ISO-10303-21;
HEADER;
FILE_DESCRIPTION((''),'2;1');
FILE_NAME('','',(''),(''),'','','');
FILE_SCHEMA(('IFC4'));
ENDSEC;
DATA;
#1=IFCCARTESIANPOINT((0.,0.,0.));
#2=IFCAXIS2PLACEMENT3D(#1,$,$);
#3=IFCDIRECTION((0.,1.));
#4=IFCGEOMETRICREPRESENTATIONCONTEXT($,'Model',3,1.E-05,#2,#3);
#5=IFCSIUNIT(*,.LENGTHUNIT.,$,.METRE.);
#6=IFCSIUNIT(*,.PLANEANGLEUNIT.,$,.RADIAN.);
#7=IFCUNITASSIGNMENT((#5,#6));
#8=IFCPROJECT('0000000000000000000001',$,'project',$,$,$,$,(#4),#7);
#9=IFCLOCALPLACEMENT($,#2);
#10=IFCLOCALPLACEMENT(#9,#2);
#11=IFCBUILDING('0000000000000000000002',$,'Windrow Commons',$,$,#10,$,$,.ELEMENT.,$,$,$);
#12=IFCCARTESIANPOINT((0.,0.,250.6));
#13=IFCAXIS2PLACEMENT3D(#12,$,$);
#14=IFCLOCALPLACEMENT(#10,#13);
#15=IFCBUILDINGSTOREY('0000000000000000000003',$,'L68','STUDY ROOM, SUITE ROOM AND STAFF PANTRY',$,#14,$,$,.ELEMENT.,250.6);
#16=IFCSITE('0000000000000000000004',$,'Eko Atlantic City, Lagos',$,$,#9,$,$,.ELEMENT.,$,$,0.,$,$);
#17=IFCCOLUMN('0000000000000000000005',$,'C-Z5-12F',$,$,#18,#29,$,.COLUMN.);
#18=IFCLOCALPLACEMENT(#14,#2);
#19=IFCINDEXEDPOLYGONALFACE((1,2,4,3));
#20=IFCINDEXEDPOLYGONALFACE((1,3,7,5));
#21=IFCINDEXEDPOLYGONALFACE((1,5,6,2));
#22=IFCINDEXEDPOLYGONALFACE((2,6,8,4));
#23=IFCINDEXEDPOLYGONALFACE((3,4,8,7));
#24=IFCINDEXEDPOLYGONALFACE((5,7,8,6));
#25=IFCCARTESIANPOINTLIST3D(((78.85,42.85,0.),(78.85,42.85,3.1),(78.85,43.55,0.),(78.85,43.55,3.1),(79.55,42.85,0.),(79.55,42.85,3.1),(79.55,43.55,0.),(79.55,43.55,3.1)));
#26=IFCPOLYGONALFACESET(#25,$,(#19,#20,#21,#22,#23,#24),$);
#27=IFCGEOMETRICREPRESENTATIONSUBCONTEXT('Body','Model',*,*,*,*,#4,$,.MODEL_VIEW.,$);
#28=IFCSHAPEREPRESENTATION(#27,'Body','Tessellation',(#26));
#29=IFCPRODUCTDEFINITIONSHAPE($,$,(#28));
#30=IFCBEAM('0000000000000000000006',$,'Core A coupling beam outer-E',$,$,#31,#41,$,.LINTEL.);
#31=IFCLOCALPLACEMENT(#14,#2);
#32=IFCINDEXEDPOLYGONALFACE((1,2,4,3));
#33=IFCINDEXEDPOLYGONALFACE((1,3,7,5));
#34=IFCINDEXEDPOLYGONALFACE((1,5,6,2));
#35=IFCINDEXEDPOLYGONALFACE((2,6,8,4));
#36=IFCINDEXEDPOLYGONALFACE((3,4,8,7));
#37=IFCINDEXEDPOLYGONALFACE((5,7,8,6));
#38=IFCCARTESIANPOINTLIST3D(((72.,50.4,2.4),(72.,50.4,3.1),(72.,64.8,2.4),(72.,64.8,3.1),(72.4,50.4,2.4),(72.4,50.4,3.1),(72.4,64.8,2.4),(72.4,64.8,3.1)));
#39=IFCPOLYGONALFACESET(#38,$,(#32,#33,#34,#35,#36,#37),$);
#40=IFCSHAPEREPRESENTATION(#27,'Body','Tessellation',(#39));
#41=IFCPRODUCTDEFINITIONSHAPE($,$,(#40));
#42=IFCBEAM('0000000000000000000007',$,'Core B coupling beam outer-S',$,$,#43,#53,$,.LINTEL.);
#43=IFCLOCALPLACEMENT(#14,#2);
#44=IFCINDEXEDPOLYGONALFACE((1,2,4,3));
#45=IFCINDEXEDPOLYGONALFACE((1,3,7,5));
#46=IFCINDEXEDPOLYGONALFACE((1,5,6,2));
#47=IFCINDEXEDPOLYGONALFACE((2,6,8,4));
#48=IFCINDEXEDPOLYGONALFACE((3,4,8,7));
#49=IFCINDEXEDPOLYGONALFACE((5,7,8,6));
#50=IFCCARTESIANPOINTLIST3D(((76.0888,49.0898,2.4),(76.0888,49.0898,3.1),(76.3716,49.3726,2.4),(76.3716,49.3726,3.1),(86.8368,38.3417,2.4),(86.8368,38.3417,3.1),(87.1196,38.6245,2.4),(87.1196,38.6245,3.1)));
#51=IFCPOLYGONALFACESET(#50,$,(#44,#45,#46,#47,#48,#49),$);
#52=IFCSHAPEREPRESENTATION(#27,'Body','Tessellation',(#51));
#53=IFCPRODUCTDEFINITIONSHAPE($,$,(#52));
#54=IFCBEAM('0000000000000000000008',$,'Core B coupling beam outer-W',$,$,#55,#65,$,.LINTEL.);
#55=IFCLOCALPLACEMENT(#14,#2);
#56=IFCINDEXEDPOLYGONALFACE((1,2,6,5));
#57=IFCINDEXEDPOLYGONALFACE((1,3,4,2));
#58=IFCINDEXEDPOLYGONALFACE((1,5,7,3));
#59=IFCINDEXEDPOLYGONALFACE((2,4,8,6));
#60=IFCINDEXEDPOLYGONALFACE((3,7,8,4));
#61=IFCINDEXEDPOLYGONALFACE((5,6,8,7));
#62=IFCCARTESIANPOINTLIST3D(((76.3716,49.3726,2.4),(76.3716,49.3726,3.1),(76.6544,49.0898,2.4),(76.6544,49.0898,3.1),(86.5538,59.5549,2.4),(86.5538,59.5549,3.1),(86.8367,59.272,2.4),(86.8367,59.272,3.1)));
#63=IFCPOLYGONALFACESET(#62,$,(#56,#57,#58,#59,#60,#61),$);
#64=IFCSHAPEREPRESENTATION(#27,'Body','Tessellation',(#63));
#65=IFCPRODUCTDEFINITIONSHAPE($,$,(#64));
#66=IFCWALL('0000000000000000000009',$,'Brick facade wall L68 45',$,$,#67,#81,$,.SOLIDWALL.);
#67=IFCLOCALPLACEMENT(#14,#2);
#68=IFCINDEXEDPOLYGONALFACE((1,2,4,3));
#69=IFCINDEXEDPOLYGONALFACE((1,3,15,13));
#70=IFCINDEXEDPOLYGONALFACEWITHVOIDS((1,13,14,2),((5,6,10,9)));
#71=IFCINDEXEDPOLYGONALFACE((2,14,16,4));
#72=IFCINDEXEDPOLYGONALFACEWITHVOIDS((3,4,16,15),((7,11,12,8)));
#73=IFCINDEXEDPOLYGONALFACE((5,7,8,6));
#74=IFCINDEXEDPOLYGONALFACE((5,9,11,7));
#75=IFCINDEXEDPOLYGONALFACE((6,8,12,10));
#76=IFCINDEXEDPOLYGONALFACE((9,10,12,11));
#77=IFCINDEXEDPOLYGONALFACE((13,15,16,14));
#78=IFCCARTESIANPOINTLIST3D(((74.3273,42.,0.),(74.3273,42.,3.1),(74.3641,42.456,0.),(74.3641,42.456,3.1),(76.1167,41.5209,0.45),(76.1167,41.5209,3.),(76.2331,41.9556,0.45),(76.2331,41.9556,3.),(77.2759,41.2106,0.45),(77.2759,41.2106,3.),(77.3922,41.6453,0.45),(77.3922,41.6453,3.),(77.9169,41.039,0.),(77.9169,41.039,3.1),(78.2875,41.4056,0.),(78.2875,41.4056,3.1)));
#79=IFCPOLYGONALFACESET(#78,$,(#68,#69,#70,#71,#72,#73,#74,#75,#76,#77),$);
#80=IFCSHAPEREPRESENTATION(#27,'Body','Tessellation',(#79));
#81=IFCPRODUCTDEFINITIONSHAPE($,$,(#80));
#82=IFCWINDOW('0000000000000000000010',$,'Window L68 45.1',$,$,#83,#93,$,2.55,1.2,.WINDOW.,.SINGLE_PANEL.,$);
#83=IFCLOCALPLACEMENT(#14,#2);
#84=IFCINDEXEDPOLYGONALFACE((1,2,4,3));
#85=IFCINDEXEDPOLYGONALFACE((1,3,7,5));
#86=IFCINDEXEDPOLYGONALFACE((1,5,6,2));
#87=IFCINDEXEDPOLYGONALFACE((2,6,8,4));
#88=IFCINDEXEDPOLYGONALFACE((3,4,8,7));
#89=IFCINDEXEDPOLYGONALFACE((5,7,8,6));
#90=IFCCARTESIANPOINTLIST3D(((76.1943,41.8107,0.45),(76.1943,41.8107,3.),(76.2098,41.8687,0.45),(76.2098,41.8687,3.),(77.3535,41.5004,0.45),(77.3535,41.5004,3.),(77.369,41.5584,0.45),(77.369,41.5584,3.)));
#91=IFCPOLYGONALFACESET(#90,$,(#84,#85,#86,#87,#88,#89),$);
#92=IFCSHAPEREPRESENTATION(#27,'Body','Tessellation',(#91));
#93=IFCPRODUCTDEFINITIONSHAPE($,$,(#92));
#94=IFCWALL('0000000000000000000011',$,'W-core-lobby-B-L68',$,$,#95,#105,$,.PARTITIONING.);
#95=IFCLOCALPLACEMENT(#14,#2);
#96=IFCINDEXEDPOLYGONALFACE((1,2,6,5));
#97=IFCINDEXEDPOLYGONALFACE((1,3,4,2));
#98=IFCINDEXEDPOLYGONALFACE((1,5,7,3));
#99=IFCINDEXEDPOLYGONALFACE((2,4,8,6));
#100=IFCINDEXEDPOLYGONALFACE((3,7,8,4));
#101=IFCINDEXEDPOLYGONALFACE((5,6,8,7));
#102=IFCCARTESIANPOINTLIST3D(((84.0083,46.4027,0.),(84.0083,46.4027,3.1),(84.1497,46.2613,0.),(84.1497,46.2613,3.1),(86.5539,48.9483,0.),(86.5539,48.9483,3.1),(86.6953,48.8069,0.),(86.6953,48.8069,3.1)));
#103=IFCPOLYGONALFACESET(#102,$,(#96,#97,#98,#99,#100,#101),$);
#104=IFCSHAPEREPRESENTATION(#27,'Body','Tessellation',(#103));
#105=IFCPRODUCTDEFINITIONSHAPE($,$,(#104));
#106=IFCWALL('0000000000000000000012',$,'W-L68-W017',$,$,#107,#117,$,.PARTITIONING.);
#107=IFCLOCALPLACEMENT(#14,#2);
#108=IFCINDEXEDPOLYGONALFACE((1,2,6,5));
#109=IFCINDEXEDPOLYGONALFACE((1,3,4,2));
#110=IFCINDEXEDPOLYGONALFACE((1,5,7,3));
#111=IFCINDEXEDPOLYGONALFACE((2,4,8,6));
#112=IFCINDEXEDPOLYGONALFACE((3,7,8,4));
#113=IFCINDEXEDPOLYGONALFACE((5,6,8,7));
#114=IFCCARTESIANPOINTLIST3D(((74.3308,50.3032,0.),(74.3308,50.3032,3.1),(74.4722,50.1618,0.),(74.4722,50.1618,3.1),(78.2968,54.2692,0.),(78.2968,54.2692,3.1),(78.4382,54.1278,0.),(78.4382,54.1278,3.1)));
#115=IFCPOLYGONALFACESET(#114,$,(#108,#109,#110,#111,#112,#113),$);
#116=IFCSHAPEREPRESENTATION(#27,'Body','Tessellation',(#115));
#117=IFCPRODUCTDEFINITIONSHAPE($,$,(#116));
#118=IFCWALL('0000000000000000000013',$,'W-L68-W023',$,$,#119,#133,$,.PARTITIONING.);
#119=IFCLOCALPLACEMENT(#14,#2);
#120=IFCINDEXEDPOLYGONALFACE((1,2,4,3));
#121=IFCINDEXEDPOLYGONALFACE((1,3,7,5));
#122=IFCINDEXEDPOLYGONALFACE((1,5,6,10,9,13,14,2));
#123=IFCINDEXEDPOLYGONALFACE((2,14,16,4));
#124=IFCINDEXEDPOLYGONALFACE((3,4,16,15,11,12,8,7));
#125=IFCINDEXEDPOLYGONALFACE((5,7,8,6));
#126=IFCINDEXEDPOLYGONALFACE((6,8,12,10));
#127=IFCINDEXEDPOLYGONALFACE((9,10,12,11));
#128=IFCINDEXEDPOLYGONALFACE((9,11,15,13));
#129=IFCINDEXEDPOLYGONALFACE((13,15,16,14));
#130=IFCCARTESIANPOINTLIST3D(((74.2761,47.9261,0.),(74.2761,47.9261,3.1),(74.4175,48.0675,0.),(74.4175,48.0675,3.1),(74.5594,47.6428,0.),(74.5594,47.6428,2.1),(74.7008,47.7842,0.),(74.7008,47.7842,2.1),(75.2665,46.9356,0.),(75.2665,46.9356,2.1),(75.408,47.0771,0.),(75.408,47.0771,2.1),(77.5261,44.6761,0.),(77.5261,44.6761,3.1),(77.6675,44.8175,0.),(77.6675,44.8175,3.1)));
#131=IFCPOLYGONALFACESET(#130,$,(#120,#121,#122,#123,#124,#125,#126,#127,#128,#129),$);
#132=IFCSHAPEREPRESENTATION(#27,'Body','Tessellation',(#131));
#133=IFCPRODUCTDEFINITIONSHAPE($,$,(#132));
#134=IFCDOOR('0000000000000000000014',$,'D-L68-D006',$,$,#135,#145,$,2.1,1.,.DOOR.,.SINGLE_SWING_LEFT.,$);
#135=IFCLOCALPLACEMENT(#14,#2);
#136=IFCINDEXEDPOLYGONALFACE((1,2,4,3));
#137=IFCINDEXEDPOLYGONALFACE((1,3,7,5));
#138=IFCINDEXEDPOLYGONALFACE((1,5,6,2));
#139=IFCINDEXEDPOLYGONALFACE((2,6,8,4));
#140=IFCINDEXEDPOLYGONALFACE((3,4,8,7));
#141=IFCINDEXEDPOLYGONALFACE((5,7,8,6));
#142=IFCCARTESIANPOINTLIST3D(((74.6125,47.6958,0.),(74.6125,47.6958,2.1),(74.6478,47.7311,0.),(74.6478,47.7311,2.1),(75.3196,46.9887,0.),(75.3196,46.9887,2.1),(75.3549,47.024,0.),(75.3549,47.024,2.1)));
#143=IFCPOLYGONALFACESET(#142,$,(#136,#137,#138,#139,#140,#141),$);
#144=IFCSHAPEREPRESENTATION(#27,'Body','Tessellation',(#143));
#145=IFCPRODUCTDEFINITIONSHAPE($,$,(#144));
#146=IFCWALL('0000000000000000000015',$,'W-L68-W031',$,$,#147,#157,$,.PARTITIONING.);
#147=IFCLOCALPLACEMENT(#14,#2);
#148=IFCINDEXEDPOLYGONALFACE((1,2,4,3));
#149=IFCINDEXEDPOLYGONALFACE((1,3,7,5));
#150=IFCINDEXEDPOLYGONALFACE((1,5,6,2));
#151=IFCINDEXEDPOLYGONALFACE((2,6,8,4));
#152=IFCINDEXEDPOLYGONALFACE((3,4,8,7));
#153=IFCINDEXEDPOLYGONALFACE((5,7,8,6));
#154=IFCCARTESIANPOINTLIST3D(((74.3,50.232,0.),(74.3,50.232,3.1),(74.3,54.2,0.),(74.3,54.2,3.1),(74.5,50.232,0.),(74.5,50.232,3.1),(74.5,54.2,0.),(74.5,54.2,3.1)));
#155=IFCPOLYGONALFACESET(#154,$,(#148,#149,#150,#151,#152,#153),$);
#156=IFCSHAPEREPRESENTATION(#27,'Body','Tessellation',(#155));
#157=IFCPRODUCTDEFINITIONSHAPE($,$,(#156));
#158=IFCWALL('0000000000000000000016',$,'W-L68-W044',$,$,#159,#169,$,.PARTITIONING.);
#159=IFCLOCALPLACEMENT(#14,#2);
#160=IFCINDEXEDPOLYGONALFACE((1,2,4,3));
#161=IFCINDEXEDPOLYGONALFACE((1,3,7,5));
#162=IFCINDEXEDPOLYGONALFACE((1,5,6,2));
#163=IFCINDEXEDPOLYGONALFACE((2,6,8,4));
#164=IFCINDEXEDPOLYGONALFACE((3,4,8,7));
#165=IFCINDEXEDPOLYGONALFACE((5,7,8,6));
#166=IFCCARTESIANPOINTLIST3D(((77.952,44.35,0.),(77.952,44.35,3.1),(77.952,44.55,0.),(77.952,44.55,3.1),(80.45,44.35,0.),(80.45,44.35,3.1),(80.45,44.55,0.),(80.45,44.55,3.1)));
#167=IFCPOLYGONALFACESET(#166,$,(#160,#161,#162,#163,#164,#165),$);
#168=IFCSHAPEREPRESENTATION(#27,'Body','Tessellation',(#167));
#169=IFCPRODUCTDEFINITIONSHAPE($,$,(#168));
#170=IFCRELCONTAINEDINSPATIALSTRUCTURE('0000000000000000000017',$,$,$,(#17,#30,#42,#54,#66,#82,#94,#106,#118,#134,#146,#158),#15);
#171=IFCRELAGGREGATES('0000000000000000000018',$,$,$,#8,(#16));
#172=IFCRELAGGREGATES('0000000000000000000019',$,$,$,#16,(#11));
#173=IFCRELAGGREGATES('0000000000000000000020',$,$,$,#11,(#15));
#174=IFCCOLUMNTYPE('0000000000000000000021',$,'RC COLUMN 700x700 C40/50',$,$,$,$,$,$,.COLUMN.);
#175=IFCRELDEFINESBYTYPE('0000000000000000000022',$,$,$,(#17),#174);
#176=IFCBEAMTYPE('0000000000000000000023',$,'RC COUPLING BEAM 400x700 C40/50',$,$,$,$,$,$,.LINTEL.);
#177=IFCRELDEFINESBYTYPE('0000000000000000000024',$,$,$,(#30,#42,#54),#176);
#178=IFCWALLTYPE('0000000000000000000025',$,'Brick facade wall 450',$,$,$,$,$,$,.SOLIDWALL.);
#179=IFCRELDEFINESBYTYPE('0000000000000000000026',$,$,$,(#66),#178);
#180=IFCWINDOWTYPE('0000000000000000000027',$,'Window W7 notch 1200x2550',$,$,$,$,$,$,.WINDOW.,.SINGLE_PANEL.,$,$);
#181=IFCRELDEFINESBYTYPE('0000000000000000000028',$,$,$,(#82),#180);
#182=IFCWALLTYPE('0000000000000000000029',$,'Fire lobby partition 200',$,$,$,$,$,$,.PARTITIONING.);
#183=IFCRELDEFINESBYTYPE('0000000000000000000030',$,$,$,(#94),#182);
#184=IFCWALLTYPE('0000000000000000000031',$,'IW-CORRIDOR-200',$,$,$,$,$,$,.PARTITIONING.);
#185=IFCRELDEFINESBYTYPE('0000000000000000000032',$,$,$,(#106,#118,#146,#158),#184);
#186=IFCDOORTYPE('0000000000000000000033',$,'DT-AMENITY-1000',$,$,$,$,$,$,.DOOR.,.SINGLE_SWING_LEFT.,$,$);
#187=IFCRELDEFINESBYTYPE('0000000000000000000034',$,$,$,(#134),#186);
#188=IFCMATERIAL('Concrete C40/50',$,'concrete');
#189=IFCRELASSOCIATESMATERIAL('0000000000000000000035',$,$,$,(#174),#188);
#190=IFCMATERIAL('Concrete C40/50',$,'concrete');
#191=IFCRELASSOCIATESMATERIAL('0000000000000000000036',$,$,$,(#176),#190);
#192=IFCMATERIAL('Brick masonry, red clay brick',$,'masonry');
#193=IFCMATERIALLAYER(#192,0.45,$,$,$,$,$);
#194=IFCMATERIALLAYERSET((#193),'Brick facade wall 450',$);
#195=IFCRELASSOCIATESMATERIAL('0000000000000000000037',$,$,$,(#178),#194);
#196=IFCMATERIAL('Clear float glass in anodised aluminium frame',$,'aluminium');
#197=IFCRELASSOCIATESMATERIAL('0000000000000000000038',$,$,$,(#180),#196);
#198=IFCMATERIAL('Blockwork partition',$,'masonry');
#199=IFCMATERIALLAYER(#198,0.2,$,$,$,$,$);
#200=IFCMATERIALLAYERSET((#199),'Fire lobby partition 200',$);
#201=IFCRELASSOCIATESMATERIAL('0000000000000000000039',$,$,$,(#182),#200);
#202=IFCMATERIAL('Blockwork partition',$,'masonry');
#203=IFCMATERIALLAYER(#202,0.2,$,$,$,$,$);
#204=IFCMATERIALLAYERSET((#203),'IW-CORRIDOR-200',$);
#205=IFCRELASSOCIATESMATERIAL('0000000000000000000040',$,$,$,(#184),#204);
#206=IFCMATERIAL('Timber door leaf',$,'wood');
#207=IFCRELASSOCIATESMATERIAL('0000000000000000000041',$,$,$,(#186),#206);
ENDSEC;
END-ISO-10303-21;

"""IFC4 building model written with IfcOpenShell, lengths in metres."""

from ifc_helpers import new_model, si_unit, direction, frame, frame_2d, origin, origin_2d, place, context, subcontext, project, spatial, polyline, rectangle, outline, extrude, material, layer, layer_set, material_profile, profile_set, type_object, element, fill, save


model = new_model("IFC4")

# Units and contexts
model_context = context("Model", 3, precision=1e-05, world=origin(), true_north=direction((0.0, 1.0)))
body_context = subcontext(model_context, "Body", "Model", "MODEL_VIEW")
ifc_project = project(units=[si_unit("LENGTHUNIT", "METRE"), si_unit("PLANEANGLEUNIT", "RADIAN")], contexts=[model_context])

# Site, building, storey
site_placement = place(None, origin())
site = spatial("IfcSite", under=ifc_project, at=site_placement, Name="Eko Atlantic City, Lagos", CompositionType="ELEMENT", RefElevation=0.0)
building_placement = place(site_placement, origin())
building = spatial("IfcBuilding", under=site, at=building_placement, Name="Windrow Commons", CompositionType="ELEMENT")
storey_placement = place(building_placement, frame((0.0, 0.0, 250.6)))
storey = spatial("IfcBuildingStorey", under=building, at=storey_placement, Name="L68", Description="STUDY ROOM, SUITE ROOM AND STAFF PANTRY", CompositionType="ELEMENT", Elevation=250.6)

# Column
ifc_material_1 = material(Name="Concrete C40/50", Category="concrete")
ifc_material_profile_1 = material_profile(ifc_material_1, rectangle(XDim=0.7, YDim=0.7, at=origin_2d()))
ifc_profile_set_1 = profile_set([ifc_material_profile_1], Name="Concrete C40/50")
column_type = type_object("IfcColumnType", Name="RC COLUMN 700x700 C40/50", PredefinedType="COLUMN", material=ifc_profile_set_1)
column_placement = place(storey_placement, frame((79.2, 43.2, 0.0), z_axis=(0.0, 0.0, 1.0), x_axis=(1.0, 0.0, 0.0)))
element("IfcColumn", 1, at=column_placement, inside=storey, type_object=column_type, Name="C-Z5-12F", PredefinedType="COLUMN", context=body_context, shape_type="SweptSolid", body=[
    extrude(rectangle(XDim=0.7, YDim=0.7, at=origin_2d()), origin(), (0.0, 0.0, 1.0), 3.1),
])

# Beams
ifc_material_2 = material(Name="Concrete C40/50", Category="concrete")
ifc_material_profile_2 = material_profile(ifc_material_2, rectangle(XDim=0.4, YDim=0.7, at=origin_2d()))
ifc_profile_set_2 = profile_set([ifc_material_profile_2], Name="Concrete C40/50")
beam_type = type_object("IfcBeamType", Name="RC COUPLING BEAM 400x700 C40/50", PredefinedType="LINTEL", material=ifc_profile_set_2)
beam_1_placement = place(storey_placement, frame((72.2, 50.4, 2.75), z_axis=(0.0, 1.0, 0.0), x_axis=(-1.0, 0.0, 0.0)))
element("IfcBeam", 2, at=beam_1_placement, inside=storey, type_object=beam_type, Name="Core A coupling beam outer-E", PredefinedType="LINTEL", context=body_context, shape_type="SweptSolid", body=[
    extrude(rectangle(XDim=0.4, YDim=0.7, at=origin_2d()), origin(), (0.0, 0.0, 1.0), 14.4),
])
beam_2_placement = place(storey_placement, frame((76.2302, 49.2312, 2.75), z_axis=(0.707103, -0.70711, 0.0), x_axis=(0.70711, 0.707103, 0.0)))
element("IfcBeam", 3, at=beam_2_placement, inside=storey, type_object=beam_type, Name="Core B coupling beam outer-S", PredefinedType="LINTEL", context=body_context, shape_type="SweptSolid", body=[
    extrude(rectangle(XDim=0.4, YDim=0.7, at=origin_2d()), origin(), (0.0, 0.0, 1.0), 15.2),
])
beam_3_placement = place(storey_placement, frame((76.513, 49.2312, 2.75), z_axis=(0.707107, 0.707107, 0.0), x_axis=(-0.707107, 0.707107, 0.0)))
element("IfcBeam", 4, at=beam_3_placement, inside=storey, type_object=beam_type, Name="Core B coupling beam outer-W", PredefinedType="LINTEL", context=body_context, shape_type="SweptSolid", body=[
    extrude(rectangle(XDim=0.4, YDim=0.7, at=origin_2d()), origin(), (0.0, 0.0, 1.0), 14.3999),
])

# Wall, opening, window
ifc_material_3 = material(Name="Brick masonry, red clay brick", Category="masonry")
ifc_layer_1 = layer(ifc_material_3, 0.45)
ifc_layer_set_1 = layer_set([ifc_layer_1], Name="Brick facade wall 450")
wall_type_1 = type_object("IfcWallType", Name="Brick facade wall 450", PredefinedType="SOLIDWALL", material=ifc_layer_set_1)
wall_1_placement = place(storey_placement, frame((74.3457, 42.228, 0.0), z_axis=(0.0, 0.0, 1.0), x_axis=(0.965981, -0.258615, 0.0)))
wall_1 = element("IfcWall", 5, at=wall_1_placement, inside=storey, type_object=wall_type_1, Name="Brick facade wall L68 45", PredefinedType="SOLIDWALL", context=body_context, shape_type="SweptSolid", body=[
    extrude(outline(polyline([(0.0412, -0.225), (3.7572, -0.225), (4.0204, 0.225), (-0.0412, 0.225), (0.0412, -0.225)])), origin(), (0.0, 0.0, 1.0), 3.1),
])
opening_1_placement = place(wall_1_placement, frame((1.8936, 0.0, 0.45)))
opening_1 = element("IfcOpeningElement", 6, at=opening_1_placement, cuts=wall_1, PredefinedType="OPENING", context=body_context, shape_type="SweptSolid", body=[
    extrude(rectangle(XDim=1.2, YDim=2.55, at=frame_2d((0.6, 1.275))), frame((0.0, 0.235, 0.0), z_axis=(0.0, -1.0, 0.0), x_axis=(1.0, 0.0, 0.0)), (0.0, 0.0, 1.0), 0.47),
])
ifc_material_4 = material(Name="Clear float glass in anodised aluminium frame", Category="aluminium")
window_type = type_object("IfcWindowType", Name="Window W7 notch 1200x2550", PartitioningType="SINGLE_PANEL", PredefinedType="WINDOW", material=ifc_material_4)
window_placement = place(opening_1_placement, origin())
window = element("IfcWindow", 7, at=window_placement, inside=storey, type_object=window_type, Name="Window L68 45.1", OverallHeight=2.55, OverallWidth=1.2, PartitioningType="SINGLE_PANEL", PredefinedType="WINDOW", context=body_context, shape_type="SweptSolid", body=[
    extrude(rectangle(XDim=1.2, YDim=2.55, at=frame_2d((0.6, 1.275))), frame((0.0, 0.135, 0.0), z_axis=(0.0, -1.0, 0.0), x_axis=(1.0, 0.0, 0.0)), (0.0, 0.0, 1.0), 0.06),
])
fill(opening_1, window)

# Walls
ifc_material_5 = material(Name="Blockwork partition", Category="masonry")
ifc_layer_2 = layer(ifc_material_5, 0.2)
ifc_layer_set_2 = layer_set([ifc_layer_2], Name="Fire lobby partition 200")
wall_type_2 = type_object("IfcWallType", Name="Fire lobby partition 200", PredefinedType="PARTITIONING", material=ifc_layer_set_2)
wall_2_placement = place(storey_placement, frame((84.079, 46.332, 0.0), z_axis=(0.0, 0.0, 1.0), x_axis=(0.707107, 0.707107, 0.0)))
element("IfcWall", 8, at=wall_2_placement, inside=storey, type_object=wall_type_2, Name="W-core-lobby-B-L68", PredefinedType="PARTITIONING", context=body_context, shape_type="SweptSolid", body=[
    extrude(rectangle(XDim=3.6, YDim=0.2, at=frame_2d((1.8, 0.0))), origin(), (0.0, 0.0, 1.0), 3.1),
])
ifc_material_6 = material(Name="Blockwork partition", Category="masonry")
ifc_layer_3 = layer(ifc_material_6, 0.2)
ifc_layer_set_3 = layer_set([ifc_layer_3], Name="IW-CORRIDOR-200")
wall_type_3 = type_object("IfcWallType", Name="IW-CORRIDOR-200", PredefinedType="PARTITIONING", material=ifc_layer_set_3)
wall_3_placement = place(storey_placement, frame((74.4015, 50.2325, 0.0), z_axis=(0.0, 0.0, 1.0), x_axis=(0.707107, 0.707107, 0.0)))
element("IfcWall", 9, at=wall_3_placement, inside=storey, type_object=wall_type_3, Name="W-L68-W017", PredefinedType="PARTITIONING", context=body_context, shape_type="SweptSolid", body=[
    extrude(rectangle(XDim=5.6088, YDim=0.2, at=frame_2d((2.8044, 0.0))), origin(), (0.0, 0.0, 1.0), 3.1),
])

# Wall, opening, door
wall_4_placement = place(storey_placement, frame((74.3468, 47.9968, 0.0), z_axis=(0.0, 0.0, 1.0), x_axis=(0.707107, -0.707107, 0.0)))
wall_4 = element("IfcWall", 10, at=wall_4_placement, inside=storey, type_object=wall_type_3, Name="W-L68-W023", PredefinedType="PARTITIONING", context=body_context, shape_type="SweptSolid", body=[
    extrude(rectangle(XDim=4.5962, YDim=0.2, at=frame_2d((2.2981, 0.0))), origin(), (0.0, 0.0, 1.0), 3.1),
])
opening_2_placement = place(wall_4_placement, frame((0.4007, 0.0, 0.0)))
opening_2 = element("IfcOpeningElement", 11, at=opening_2_placement, cuts=wall_4, PredefinedType="OPENING", context=body_context, shape_type="SweptSolid", body=[
    extrude(rectangle(XDim=1.0, YDim=2.1, at=frame_2d((0.5, 1.05))), frame((0.0, 0.11, 0.0), z_axis=(0.0, -1.0, 0.0), x_axis=(1.0, 0.0, 0.0)), (0.0, 0.0, 1.0), 0.22),
])
ifc_material_7 = material(Name="Timber door leaf", Category="wood")
door_type_1 = type_object("IfcDoorType", Name="DT-AMENITY-1000", OperationType="SINGLE_SWING_LEFT", PredefinedType="DOOR", material=ifc_material_7)
door_1_placement = place(opening_2_placement, origin())
door_1 = element("IfcDoor", 12, at=door_1_placement, inside=storey, type_object=door_type_1, Name="D-L68-D006", OperationType="SINGLE_SWING_LEFT", OverallHeight=2.1, OverallWidth=1.0, PredefinedType="DOOR", context=body_context, shape_type="SweptSolid", body=[
    extrude(rectangle(XDim=1.0, YDim=2.1, at=frame_2d((0.5, 1.05))), frame((0.0, 0.025, 0.0), z_axis=(0.0, -1.0, 0.0), x_axis=(1.0, 0.0, 0.0)), (0.0, 0.0, 1.0), 0.05),
])
fill(opening_2, door_1)

# Walls
wall_5_placement = place(storey_placement, frame((74.4, 50.232, 0.0), z_axis=(0.0, 0.0, 1.0), x_axis=(0.0, 1.0, 0.0)))
element("IfcWall", 13, at=wall_5_placement, inside=storey, type_object=wall_type_3, Name="W-L68-W031", PredefinedType="PARTITIONING", context=body_context, shape_type="SweptSolid", body=[
    extrude(rectangle(XDim=3.968, YDim=0.2, at=frame_2d((1.984, 0.0))), origin(), (0.0, 0.0, 1.0), 3.1),
])
wall_6_placement = place(storey_placement, frame((77.952, 44.45, 0.0), z_axis=(0.0, 0.0, 1.0), x_axis=(1.0, 0.0, 0.0)))
element("IfcWall", 14, at=wall_6_placement, inside=storey, type_object=wall_type_3, Name="W-L68-W044", PredefinedType="PARTITIONING", context=body_context, shape_type="SweptSolid", body=[
    extrude(rectangle(XDim=2.498, YDim=0.2, at=frame_2d((1.249, 0.0))), origin(), (0.0, 0.0, 1.0), 3.1),
])

save(model, "model.ifc")
